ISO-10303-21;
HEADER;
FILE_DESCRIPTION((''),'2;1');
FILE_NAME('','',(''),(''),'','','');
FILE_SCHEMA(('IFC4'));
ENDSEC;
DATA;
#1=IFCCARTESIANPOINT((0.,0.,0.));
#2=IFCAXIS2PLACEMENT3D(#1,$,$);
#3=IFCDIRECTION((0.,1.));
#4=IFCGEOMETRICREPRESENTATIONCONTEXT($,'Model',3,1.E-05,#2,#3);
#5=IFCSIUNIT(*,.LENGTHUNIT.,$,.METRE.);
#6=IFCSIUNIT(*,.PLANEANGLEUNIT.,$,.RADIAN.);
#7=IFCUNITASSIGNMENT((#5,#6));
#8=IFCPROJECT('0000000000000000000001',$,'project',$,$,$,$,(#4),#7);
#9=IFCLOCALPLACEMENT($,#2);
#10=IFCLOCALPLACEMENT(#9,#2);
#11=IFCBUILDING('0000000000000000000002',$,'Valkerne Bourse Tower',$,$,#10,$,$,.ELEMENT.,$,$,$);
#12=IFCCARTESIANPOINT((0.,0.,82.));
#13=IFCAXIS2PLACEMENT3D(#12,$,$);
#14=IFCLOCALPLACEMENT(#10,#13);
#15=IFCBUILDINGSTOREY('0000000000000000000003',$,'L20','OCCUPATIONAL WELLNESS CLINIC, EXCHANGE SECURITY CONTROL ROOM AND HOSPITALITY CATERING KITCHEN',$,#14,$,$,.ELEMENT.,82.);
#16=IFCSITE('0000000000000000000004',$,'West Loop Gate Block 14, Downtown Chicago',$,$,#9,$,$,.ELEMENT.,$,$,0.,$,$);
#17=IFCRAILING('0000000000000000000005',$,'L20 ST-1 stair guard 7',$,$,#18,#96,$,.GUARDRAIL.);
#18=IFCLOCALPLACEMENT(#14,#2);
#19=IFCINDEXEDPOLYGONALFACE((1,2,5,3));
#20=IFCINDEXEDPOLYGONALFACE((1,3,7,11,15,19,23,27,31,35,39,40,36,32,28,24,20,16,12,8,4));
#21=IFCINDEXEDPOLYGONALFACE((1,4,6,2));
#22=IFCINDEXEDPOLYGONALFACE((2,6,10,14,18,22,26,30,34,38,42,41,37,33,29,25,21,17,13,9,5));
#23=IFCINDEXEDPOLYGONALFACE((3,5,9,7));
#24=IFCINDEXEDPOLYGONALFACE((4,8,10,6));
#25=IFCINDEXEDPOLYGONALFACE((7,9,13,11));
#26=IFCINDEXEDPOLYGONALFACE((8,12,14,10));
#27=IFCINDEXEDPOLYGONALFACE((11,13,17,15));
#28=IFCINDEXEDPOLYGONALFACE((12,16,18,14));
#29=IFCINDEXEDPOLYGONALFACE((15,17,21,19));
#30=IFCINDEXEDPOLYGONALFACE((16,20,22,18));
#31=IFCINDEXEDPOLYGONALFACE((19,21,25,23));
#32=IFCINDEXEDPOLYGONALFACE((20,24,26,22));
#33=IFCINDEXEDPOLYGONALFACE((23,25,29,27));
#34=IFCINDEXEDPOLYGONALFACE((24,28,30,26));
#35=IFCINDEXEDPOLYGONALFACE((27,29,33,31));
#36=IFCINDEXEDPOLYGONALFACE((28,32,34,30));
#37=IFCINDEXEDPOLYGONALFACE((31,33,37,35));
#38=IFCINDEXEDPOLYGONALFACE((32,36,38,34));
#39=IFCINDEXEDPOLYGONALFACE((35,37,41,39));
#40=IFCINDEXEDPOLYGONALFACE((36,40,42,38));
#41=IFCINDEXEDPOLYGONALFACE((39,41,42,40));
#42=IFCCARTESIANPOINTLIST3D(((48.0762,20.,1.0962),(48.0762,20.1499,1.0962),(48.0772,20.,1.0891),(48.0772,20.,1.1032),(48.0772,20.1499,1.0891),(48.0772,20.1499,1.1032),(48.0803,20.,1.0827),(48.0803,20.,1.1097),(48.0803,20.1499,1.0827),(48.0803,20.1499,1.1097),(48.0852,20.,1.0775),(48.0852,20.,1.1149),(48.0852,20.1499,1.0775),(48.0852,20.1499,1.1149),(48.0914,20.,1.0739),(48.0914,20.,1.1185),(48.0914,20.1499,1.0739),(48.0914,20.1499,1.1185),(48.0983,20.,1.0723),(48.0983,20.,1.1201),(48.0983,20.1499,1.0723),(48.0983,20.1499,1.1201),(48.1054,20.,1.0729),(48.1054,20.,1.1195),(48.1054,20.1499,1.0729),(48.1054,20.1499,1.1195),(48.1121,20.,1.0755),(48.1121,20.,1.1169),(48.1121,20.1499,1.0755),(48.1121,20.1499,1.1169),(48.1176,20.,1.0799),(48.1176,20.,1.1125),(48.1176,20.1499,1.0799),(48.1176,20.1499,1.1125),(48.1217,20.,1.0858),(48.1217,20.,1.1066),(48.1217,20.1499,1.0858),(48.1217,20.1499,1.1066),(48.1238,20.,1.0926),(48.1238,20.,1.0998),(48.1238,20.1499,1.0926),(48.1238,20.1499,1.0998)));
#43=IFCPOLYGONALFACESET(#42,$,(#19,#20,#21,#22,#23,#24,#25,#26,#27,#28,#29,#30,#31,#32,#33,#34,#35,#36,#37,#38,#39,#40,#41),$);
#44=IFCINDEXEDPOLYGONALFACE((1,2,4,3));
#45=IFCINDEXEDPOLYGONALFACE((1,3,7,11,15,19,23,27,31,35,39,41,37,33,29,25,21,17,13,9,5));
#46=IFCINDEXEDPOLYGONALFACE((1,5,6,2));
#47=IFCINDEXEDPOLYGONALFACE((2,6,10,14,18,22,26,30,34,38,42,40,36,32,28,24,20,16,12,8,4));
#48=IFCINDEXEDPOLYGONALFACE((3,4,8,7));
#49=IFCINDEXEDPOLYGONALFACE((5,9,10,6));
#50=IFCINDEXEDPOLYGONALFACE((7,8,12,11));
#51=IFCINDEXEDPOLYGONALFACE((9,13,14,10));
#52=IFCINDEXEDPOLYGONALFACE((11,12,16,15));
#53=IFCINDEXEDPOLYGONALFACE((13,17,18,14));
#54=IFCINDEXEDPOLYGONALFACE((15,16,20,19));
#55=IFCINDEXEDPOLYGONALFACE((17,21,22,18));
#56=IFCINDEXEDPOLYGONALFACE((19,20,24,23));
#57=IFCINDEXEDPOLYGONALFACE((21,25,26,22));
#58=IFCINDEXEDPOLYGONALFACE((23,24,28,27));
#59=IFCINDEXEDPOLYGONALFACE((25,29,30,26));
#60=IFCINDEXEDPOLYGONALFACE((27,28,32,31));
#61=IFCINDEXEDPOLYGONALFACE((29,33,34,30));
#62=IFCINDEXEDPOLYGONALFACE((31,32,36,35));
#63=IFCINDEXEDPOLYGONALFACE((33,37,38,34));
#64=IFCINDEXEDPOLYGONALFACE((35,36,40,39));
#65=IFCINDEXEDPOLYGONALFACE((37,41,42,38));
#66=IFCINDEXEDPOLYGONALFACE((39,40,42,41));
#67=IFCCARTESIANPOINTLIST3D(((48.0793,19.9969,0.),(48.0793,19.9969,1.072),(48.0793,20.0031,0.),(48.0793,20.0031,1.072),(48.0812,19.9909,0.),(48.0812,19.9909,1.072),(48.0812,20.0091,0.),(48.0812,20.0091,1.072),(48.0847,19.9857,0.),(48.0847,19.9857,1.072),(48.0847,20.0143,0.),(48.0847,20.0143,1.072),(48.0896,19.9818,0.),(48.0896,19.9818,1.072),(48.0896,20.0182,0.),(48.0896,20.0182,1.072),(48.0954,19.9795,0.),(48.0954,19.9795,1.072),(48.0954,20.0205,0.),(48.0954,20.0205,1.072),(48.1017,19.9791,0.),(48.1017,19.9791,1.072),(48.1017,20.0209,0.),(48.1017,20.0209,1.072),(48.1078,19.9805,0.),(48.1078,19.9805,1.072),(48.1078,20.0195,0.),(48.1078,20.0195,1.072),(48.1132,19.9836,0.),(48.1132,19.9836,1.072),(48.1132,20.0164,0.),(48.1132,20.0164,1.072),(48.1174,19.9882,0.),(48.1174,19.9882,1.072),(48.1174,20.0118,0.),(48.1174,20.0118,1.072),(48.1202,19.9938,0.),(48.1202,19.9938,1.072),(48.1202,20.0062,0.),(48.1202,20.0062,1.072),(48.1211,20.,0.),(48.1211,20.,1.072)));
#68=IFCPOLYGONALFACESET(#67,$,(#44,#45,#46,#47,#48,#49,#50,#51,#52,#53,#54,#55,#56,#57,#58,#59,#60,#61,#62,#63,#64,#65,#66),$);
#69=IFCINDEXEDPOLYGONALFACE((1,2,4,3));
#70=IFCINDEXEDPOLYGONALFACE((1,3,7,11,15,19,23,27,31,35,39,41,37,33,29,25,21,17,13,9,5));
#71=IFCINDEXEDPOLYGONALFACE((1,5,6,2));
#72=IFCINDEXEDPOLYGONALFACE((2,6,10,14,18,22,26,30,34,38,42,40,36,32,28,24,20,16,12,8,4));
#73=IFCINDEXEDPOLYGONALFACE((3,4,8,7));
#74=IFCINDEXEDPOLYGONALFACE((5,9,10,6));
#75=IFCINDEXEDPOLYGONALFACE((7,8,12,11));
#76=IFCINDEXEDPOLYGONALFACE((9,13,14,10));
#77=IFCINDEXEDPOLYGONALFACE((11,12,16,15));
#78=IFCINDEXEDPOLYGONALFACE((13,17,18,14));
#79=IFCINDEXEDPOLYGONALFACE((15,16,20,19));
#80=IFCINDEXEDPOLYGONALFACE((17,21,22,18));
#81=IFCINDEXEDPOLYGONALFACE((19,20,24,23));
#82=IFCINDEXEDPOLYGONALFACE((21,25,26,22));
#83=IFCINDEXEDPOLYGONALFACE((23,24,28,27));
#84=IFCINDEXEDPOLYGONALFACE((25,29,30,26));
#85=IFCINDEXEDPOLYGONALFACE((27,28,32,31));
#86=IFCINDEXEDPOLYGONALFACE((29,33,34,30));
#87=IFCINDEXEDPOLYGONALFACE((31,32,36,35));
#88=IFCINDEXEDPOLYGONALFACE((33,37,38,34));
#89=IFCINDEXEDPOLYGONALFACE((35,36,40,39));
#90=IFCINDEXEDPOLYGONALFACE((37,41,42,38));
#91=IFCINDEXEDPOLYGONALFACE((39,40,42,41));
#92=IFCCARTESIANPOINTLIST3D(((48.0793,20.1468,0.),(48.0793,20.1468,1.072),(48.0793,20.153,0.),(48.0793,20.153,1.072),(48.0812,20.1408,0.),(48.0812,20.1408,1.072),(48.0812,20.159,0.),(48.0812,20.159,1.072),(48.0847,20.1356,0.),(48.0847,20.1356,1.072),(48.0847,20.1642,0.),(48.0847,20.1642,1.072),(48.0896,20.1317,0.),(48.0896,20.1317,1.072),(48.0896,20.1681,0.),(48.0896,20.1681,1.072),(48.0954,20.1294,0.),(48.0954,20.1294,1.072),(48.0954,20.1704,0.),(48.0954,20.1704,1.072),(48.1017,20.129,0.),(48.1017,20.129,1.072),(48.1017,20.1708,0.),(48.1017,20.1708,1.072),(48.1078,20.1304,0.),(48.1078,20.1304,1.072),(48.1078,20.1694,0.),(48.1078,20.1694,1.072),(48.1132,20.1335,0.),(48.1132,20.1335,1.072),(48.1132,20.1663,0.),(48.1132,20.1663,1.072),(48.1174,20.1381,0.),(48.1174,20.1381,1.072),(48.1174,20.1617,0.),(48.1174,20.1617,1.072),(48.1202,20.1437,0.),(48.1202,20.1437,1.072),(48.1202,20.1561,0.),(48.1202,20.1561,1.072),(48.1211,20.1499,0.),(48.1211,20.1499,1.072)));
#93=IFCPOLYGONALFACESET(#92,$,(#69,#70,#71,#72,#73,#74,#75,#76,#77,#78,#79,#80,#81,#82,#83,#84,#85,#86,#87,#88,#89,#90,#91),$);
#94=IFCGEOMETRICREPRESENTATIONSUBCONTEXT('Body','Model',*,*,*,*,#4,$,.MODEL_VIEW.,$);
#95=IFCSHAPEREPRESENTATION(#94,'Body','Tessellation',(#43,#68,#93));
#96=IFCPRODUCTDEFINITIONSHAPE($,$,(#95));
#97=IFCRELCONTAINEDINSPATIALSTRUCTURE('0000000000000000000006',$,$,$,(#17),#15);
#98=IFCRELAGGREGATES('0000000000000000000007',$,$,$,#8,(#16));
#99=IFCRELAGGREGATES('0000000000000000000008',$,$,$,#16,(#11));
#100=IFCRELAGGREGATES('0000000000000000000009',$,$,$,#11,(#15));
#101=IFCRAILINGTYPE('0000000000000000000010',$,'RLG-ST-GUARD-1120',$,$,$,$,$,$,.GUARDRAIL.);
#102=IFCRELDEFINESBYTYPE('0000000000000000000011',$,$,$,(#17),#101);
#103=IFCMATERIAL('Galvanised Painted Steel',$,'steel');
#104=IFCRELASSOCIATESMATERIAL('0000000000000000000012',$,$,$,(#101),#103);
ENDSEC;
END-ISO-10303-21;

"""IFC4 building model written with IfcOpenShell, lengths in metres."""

from ifc_helpers import new_model, si_unit, direction, frame, origin, origin_2d, place, context, subcontext, project, spatial, circle, extrude, material, type_object, element, save


model = new_model("IFC4")

# Units and contexts
model_context = context("Model", 3, precision=1e-05, world=origin(), true_north=direction((0.0, 1.0)))
body_context = subcontext(model_context, "Body", "Model", "MODEL_VIEW")
ifc_project = project(units=[si_unit("LENGTHUNIT", "METRE"), si_unit("PLANEANGLEUNIT", "RADIAN")], contexts=[model_context])

# Site, building, storey
site_placement = place(None, origin())
site = spatial("IfcSite", under=ifc_project, at=site_placement, Name="West Loop Gate Block 14, Downtown Chicago", CompositionType="ELEMENT", RefElevation=0.0)
building_placement = place(site_placement, origin())
building = spatial("IfcBuilding", under=site, at=building_placement, Name="Valkerne Bourse Tower", CompositionType="ELEMENT")
storey_placement = place(building_placement, frame((0.0, 0.0, 82.0)))
storey = spatial("IfcBuildingStorey", under=building, at=storey_placement, Name="L20", Description="OCCUPATIONAL WELLNESS CLINIC, EXCHANGE SECURITY CONTROL ROOM AND HOSPITALITY CATERING KITCHEN", CompositionType="ELEMENT", Elevation=82.0)

# Shared definitions
ifc_material_1 = material(Name="Galvanised Painted Steel", Category="steel")

# Railing
railing_type_1 = type_object("IfcRailingType", Name="RLG-ST-GUARD-1120", PredefinedType="GUARDRAIL", material=ifc_material_1)
railing_1_placement = place(storey_placement, frame((48.1001, 20.0, 0.0)))
element("IfcRailing", 1, at=railing_1_placement, inside=storey, type_object=railing_type_1, Name="L20 ST-1 stair guard 7", PredefinedType="GUARDRAIL", context=body_context, shape_type="SweptSolid", body=[
    extrude(circle(Radius=0.0239, at=origin_2d()), frame((0.0, 0.0, 1.0962), z_axis=(0.0, 1.0, 0.0), x_axis=(-1.0, 0.0, 0.0)), (0.0, 0.0, 1.0), 0.1499),
    extrude(circle(Radius=0.021, at=origin_2d()), origin(), (0.0, 0.0, 1.0), 1.072),
    extrude(circle(Radius=0.021, at=origin_2d()), frame((0.0, 0.1499, 0.0)), (0.0, 0.0, 1.0), 1.072),
])

save(model, "model.ifc")
